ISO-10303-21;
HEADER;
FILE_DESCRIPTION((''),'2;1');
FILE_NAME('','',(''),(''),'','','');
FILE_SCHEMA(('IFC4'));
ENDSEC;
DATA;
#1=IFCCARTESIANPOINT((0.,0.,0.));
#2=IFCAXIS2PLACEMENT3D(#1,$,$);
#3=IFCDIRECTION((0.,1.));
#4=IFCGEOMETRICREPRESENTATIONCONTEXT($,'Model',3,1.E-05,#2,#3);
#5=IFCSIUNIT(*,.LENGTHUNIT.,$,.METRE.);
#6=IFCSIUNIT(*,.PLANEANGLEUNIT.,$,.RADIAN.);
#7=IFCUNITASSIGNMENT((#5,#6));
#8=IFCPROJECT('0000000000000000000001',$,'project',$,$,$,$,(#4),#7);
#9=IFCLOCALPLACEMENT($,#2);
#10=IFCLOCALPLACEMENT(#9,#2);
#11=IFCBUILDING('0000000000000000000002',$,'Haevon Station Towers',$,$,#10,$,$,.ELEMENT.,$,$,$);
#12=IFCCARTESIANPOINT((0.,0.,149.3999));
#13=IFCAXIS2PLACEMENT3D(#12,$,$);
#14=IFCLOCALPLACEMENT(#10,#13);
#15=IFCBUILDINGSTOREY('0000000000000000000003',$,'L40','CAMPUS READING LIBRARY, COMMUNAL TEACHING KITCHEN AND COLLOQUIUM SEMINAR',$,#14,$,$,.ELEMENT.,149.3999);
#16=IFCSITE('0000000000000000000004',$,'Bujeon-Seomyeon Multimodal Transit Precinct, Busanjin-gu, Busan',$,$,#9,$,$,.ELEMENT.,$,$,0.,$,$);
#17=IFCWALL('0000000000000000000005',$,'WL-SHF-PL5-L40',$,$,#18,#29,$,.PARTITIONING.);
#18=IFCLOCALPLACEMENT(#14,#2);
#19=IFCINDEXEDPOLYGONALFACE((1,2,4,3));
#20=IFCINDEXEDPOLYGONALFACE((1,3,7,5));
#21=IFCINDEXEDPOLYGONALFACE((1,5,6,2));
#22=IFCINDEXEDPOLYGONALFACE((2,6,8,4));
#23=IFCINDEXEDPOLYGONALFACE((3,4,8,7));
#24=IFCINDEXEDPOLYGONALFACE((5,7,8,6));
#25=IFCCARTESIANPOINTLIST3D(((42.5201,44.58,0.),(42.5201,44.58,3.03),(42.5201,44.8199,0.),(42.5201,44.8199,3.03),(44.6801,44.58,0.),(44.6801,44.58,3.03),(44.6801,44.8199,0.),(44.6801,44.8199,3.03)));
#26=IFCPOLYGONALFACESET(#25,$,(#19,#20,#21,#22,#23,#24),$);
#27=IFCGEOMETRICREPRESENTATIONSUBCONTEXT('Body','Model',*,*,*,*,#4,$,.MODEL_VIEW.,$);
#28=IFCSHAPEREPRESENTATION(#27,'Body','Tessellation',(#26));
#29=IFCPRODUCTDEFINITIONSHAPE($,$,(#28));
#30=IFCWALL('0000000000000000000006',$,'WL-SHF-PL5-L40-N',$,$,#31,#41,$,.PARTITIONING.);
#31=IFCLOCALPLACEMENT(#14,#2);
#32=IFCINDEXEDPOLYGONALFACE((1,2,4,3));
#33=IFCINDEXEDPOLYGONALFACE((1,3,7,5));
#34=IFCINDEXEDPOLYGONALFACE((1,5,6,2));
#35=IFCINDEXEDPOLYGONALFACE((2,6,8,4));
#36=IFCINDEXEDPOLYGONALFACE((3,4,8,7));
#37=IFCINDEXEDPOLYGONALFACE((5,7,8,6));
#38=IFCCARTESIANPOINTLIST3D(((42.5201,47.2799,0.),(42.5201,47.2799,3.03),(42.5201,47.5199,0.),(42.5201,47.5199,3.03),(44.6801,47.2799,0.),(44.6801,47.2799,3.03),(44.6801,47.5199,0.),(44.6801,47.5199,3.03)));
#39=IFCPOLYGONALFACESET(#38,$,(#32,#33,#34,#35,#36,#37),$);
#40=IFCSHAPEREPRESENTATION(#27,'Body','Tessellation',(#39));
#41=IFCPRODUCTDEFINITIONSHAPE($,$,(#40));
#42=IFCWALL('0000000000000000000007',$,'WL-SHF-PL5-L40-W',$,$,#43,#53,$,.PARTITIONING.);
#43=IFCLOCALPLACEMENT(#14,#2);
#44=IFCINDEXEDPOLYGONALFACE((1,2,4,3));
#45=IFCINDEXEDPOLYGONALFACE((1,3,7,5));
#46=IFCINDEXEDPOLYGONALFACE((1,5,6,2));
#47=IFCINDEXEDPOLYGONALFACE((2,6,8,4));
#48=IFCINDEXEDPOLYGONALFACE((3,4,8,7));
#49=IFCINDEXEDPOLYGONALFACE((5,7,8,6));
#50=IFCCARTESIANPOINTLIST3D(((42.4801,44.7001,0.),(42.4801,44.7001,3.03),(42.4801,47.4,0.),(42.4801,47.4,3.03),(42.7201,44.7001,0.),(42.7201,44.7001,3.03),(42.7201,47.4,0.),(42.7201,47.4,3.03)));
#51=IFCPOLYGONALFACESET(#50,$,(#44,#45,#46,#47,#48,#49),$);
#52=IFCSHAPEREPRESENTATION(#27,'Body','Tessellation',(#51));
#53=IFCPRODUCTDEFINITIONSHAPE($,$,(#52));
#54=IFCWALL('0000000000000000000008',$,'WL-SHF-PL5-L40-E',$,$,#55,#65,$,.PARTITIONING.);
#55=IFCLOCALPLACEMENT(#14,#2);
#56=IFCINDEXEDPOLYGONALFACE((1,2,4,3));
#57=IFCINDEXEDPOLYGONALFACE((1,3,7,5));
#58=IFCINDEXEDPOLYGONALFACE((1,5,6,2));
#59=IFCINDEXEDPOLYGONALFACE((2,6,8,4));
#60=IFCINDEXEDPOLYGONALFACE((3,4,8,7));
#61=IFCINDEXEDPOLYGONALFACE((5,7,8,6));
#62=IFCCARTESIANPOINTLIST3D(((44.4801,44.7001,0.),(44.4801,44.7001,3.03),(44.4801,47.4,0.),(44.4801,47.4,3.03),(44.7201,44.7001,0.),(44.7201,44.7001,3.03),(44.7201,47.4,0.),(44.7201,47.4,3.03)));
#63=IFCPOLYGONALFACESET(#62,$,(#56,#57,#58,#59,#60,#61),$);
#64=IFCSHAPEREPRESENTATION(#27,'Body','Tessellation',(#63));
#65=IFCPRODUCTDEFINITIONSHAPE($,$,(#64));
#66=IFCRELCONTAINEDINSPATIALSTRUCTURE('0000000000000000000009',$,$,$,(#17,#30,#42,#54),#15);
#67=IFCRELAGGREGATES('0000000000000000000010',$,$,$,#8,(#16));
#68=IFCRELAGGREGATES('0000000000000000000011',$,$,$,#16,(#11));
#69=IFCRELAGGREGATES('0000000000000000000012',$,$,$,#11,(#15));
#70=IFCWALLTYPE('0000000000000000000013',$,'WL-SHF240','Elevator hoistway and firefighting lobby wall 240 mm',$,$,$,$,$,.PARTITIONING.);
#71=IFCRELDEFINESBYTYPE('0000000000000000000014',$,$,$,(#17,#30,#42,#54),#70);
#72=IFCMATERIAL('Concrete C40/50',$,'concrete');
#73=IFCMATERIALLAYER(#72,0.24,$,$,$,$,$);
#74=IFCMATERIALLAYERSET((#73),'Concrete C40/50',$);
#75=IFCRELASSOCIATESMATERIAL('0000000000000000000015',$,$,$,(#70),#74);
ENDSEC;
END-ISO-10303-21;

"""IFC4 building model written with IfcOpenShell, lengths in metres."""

from ifc_helpers import new_model, si_unit, direction, frame, frame_2d, origin, place, context, subcontext, project, spatial, rectangle, extrude, material, layer, layer_set, type_object, element, save


model = new_model("IFC4")

# Units and contexts
model_context = context("Model", 3, precision=1e-05, world=origin(), true_north=direction((0.0, 1.0)))
body_context = subcontext(model_context, "Body", "Model", "MODEL_VIEW")
ifc_project = project(units=[si_unit("LENGTHUNIT", "METRE"), si_unit("PLANEANGLEUNIT", "RADIAN")], contexts=[model_context])

# Site, building, storey
site_placement = place(None, origin())
site = spatial("IfcSite", under=ifc_project, at=site_placement, Name="Bujeon-Seomyeon Multimodal Transit Precinct, Busanjin-gu, Busan", CompositionType="ELEMENT", RefElevation=0.0)
building_placement = place(site_placement, origin())
building = spatial("IfcBuilding", under=site, at=building_placement, Name="Haevon Station Towers", CompositionType="ELEMENT")
storey_placement = place(building_placement, frame((0.0, 0.0, 149.3999)))
storey = spatial("IfcBuildingStorey", under=building, at=storey_placement, Name="L40", Description="CAMPUS READING LIBRARY, COMMUNAL TEACHING KITCHEN AND COLLOQUIUM SEMINAR", CompositionType="ELEMENT", Elevation=149.3999)

# Shared definitions
ifc_material_1 = material(Name="Concrete C40/50", Category="concrete")
ifc_layer_1 = layer(ifc_material_1, 0.24)
ifc_layer_set_1 = layer_set([ifc_layer_1], Name="Concrete C40/50")
wall_type_1 = type_object("IfcWallType", Name="WL-SHF240", Description="Elevator hoistway and firefighting lobby wall 240 mm", PredefinedType="PARTITIONING", material=ifc_layer_set_1)

# Walls
for number, where, z_axis, x_axis, name in (
    (1, (42.52, 44.7, 0.0), (0.0, 0.0, 1.0), (1.0, 0.0, 0.0), "WL-SHF-PL5-L40"),
    (2, (42.52, 47.3999, 0.0), (0.0, 0.0, 1.0), (1.0, 0.0, 0.0), "WL-SHF-PL5-L40-N"),
):
    element("IfcWall", number, at=place(storey_placement, frame(where, z_axis=z_axis, x_axis=x_axis)), inside=storey, type_object=wall_type_1, Name=name, PredefinedType="PARTITIONING", context=body_context, shape_type="SweptSolid", body=[
        extrude(rectangle(XDim=2.1599, YDim=0.24, at=frame_2d((1.0801, 0.0))), origin(), (0.0, 0.0, 1.0), 3.03),
    ])
for number, where, z_axis, x_axis, name in (
    (3, (42.6001, 44.7, 0.0), (0.0, 0.0, 1.0), (0.0, 1.0, 0.0), "WL-SHF-PL5-L40-W"),
    (4, (44.6001, 44.7, 0.0), (0.0, 0.0, 1.0), (0.0, 1.0, 0.0), "WL-SHF-PL5-L40-E"),
):
    element("IfcWall", number, at=place(storey_placement, frame(where, z_axis=z_axis, x_axis=x_axis)), inside=storey, type_object=wall_type_1, Name=name, PredefinedType="PARTITIONING", context=body_context, shape_type="SweptSolid", body=[
        extrude(rectangle(XDim=2.7, YDim=0.24, at=frame_2d((1.3501, 0.0))), origin(), (0.0, 0.0, 1.0), 3.03),
    ])

save(model, "model.ifc")
